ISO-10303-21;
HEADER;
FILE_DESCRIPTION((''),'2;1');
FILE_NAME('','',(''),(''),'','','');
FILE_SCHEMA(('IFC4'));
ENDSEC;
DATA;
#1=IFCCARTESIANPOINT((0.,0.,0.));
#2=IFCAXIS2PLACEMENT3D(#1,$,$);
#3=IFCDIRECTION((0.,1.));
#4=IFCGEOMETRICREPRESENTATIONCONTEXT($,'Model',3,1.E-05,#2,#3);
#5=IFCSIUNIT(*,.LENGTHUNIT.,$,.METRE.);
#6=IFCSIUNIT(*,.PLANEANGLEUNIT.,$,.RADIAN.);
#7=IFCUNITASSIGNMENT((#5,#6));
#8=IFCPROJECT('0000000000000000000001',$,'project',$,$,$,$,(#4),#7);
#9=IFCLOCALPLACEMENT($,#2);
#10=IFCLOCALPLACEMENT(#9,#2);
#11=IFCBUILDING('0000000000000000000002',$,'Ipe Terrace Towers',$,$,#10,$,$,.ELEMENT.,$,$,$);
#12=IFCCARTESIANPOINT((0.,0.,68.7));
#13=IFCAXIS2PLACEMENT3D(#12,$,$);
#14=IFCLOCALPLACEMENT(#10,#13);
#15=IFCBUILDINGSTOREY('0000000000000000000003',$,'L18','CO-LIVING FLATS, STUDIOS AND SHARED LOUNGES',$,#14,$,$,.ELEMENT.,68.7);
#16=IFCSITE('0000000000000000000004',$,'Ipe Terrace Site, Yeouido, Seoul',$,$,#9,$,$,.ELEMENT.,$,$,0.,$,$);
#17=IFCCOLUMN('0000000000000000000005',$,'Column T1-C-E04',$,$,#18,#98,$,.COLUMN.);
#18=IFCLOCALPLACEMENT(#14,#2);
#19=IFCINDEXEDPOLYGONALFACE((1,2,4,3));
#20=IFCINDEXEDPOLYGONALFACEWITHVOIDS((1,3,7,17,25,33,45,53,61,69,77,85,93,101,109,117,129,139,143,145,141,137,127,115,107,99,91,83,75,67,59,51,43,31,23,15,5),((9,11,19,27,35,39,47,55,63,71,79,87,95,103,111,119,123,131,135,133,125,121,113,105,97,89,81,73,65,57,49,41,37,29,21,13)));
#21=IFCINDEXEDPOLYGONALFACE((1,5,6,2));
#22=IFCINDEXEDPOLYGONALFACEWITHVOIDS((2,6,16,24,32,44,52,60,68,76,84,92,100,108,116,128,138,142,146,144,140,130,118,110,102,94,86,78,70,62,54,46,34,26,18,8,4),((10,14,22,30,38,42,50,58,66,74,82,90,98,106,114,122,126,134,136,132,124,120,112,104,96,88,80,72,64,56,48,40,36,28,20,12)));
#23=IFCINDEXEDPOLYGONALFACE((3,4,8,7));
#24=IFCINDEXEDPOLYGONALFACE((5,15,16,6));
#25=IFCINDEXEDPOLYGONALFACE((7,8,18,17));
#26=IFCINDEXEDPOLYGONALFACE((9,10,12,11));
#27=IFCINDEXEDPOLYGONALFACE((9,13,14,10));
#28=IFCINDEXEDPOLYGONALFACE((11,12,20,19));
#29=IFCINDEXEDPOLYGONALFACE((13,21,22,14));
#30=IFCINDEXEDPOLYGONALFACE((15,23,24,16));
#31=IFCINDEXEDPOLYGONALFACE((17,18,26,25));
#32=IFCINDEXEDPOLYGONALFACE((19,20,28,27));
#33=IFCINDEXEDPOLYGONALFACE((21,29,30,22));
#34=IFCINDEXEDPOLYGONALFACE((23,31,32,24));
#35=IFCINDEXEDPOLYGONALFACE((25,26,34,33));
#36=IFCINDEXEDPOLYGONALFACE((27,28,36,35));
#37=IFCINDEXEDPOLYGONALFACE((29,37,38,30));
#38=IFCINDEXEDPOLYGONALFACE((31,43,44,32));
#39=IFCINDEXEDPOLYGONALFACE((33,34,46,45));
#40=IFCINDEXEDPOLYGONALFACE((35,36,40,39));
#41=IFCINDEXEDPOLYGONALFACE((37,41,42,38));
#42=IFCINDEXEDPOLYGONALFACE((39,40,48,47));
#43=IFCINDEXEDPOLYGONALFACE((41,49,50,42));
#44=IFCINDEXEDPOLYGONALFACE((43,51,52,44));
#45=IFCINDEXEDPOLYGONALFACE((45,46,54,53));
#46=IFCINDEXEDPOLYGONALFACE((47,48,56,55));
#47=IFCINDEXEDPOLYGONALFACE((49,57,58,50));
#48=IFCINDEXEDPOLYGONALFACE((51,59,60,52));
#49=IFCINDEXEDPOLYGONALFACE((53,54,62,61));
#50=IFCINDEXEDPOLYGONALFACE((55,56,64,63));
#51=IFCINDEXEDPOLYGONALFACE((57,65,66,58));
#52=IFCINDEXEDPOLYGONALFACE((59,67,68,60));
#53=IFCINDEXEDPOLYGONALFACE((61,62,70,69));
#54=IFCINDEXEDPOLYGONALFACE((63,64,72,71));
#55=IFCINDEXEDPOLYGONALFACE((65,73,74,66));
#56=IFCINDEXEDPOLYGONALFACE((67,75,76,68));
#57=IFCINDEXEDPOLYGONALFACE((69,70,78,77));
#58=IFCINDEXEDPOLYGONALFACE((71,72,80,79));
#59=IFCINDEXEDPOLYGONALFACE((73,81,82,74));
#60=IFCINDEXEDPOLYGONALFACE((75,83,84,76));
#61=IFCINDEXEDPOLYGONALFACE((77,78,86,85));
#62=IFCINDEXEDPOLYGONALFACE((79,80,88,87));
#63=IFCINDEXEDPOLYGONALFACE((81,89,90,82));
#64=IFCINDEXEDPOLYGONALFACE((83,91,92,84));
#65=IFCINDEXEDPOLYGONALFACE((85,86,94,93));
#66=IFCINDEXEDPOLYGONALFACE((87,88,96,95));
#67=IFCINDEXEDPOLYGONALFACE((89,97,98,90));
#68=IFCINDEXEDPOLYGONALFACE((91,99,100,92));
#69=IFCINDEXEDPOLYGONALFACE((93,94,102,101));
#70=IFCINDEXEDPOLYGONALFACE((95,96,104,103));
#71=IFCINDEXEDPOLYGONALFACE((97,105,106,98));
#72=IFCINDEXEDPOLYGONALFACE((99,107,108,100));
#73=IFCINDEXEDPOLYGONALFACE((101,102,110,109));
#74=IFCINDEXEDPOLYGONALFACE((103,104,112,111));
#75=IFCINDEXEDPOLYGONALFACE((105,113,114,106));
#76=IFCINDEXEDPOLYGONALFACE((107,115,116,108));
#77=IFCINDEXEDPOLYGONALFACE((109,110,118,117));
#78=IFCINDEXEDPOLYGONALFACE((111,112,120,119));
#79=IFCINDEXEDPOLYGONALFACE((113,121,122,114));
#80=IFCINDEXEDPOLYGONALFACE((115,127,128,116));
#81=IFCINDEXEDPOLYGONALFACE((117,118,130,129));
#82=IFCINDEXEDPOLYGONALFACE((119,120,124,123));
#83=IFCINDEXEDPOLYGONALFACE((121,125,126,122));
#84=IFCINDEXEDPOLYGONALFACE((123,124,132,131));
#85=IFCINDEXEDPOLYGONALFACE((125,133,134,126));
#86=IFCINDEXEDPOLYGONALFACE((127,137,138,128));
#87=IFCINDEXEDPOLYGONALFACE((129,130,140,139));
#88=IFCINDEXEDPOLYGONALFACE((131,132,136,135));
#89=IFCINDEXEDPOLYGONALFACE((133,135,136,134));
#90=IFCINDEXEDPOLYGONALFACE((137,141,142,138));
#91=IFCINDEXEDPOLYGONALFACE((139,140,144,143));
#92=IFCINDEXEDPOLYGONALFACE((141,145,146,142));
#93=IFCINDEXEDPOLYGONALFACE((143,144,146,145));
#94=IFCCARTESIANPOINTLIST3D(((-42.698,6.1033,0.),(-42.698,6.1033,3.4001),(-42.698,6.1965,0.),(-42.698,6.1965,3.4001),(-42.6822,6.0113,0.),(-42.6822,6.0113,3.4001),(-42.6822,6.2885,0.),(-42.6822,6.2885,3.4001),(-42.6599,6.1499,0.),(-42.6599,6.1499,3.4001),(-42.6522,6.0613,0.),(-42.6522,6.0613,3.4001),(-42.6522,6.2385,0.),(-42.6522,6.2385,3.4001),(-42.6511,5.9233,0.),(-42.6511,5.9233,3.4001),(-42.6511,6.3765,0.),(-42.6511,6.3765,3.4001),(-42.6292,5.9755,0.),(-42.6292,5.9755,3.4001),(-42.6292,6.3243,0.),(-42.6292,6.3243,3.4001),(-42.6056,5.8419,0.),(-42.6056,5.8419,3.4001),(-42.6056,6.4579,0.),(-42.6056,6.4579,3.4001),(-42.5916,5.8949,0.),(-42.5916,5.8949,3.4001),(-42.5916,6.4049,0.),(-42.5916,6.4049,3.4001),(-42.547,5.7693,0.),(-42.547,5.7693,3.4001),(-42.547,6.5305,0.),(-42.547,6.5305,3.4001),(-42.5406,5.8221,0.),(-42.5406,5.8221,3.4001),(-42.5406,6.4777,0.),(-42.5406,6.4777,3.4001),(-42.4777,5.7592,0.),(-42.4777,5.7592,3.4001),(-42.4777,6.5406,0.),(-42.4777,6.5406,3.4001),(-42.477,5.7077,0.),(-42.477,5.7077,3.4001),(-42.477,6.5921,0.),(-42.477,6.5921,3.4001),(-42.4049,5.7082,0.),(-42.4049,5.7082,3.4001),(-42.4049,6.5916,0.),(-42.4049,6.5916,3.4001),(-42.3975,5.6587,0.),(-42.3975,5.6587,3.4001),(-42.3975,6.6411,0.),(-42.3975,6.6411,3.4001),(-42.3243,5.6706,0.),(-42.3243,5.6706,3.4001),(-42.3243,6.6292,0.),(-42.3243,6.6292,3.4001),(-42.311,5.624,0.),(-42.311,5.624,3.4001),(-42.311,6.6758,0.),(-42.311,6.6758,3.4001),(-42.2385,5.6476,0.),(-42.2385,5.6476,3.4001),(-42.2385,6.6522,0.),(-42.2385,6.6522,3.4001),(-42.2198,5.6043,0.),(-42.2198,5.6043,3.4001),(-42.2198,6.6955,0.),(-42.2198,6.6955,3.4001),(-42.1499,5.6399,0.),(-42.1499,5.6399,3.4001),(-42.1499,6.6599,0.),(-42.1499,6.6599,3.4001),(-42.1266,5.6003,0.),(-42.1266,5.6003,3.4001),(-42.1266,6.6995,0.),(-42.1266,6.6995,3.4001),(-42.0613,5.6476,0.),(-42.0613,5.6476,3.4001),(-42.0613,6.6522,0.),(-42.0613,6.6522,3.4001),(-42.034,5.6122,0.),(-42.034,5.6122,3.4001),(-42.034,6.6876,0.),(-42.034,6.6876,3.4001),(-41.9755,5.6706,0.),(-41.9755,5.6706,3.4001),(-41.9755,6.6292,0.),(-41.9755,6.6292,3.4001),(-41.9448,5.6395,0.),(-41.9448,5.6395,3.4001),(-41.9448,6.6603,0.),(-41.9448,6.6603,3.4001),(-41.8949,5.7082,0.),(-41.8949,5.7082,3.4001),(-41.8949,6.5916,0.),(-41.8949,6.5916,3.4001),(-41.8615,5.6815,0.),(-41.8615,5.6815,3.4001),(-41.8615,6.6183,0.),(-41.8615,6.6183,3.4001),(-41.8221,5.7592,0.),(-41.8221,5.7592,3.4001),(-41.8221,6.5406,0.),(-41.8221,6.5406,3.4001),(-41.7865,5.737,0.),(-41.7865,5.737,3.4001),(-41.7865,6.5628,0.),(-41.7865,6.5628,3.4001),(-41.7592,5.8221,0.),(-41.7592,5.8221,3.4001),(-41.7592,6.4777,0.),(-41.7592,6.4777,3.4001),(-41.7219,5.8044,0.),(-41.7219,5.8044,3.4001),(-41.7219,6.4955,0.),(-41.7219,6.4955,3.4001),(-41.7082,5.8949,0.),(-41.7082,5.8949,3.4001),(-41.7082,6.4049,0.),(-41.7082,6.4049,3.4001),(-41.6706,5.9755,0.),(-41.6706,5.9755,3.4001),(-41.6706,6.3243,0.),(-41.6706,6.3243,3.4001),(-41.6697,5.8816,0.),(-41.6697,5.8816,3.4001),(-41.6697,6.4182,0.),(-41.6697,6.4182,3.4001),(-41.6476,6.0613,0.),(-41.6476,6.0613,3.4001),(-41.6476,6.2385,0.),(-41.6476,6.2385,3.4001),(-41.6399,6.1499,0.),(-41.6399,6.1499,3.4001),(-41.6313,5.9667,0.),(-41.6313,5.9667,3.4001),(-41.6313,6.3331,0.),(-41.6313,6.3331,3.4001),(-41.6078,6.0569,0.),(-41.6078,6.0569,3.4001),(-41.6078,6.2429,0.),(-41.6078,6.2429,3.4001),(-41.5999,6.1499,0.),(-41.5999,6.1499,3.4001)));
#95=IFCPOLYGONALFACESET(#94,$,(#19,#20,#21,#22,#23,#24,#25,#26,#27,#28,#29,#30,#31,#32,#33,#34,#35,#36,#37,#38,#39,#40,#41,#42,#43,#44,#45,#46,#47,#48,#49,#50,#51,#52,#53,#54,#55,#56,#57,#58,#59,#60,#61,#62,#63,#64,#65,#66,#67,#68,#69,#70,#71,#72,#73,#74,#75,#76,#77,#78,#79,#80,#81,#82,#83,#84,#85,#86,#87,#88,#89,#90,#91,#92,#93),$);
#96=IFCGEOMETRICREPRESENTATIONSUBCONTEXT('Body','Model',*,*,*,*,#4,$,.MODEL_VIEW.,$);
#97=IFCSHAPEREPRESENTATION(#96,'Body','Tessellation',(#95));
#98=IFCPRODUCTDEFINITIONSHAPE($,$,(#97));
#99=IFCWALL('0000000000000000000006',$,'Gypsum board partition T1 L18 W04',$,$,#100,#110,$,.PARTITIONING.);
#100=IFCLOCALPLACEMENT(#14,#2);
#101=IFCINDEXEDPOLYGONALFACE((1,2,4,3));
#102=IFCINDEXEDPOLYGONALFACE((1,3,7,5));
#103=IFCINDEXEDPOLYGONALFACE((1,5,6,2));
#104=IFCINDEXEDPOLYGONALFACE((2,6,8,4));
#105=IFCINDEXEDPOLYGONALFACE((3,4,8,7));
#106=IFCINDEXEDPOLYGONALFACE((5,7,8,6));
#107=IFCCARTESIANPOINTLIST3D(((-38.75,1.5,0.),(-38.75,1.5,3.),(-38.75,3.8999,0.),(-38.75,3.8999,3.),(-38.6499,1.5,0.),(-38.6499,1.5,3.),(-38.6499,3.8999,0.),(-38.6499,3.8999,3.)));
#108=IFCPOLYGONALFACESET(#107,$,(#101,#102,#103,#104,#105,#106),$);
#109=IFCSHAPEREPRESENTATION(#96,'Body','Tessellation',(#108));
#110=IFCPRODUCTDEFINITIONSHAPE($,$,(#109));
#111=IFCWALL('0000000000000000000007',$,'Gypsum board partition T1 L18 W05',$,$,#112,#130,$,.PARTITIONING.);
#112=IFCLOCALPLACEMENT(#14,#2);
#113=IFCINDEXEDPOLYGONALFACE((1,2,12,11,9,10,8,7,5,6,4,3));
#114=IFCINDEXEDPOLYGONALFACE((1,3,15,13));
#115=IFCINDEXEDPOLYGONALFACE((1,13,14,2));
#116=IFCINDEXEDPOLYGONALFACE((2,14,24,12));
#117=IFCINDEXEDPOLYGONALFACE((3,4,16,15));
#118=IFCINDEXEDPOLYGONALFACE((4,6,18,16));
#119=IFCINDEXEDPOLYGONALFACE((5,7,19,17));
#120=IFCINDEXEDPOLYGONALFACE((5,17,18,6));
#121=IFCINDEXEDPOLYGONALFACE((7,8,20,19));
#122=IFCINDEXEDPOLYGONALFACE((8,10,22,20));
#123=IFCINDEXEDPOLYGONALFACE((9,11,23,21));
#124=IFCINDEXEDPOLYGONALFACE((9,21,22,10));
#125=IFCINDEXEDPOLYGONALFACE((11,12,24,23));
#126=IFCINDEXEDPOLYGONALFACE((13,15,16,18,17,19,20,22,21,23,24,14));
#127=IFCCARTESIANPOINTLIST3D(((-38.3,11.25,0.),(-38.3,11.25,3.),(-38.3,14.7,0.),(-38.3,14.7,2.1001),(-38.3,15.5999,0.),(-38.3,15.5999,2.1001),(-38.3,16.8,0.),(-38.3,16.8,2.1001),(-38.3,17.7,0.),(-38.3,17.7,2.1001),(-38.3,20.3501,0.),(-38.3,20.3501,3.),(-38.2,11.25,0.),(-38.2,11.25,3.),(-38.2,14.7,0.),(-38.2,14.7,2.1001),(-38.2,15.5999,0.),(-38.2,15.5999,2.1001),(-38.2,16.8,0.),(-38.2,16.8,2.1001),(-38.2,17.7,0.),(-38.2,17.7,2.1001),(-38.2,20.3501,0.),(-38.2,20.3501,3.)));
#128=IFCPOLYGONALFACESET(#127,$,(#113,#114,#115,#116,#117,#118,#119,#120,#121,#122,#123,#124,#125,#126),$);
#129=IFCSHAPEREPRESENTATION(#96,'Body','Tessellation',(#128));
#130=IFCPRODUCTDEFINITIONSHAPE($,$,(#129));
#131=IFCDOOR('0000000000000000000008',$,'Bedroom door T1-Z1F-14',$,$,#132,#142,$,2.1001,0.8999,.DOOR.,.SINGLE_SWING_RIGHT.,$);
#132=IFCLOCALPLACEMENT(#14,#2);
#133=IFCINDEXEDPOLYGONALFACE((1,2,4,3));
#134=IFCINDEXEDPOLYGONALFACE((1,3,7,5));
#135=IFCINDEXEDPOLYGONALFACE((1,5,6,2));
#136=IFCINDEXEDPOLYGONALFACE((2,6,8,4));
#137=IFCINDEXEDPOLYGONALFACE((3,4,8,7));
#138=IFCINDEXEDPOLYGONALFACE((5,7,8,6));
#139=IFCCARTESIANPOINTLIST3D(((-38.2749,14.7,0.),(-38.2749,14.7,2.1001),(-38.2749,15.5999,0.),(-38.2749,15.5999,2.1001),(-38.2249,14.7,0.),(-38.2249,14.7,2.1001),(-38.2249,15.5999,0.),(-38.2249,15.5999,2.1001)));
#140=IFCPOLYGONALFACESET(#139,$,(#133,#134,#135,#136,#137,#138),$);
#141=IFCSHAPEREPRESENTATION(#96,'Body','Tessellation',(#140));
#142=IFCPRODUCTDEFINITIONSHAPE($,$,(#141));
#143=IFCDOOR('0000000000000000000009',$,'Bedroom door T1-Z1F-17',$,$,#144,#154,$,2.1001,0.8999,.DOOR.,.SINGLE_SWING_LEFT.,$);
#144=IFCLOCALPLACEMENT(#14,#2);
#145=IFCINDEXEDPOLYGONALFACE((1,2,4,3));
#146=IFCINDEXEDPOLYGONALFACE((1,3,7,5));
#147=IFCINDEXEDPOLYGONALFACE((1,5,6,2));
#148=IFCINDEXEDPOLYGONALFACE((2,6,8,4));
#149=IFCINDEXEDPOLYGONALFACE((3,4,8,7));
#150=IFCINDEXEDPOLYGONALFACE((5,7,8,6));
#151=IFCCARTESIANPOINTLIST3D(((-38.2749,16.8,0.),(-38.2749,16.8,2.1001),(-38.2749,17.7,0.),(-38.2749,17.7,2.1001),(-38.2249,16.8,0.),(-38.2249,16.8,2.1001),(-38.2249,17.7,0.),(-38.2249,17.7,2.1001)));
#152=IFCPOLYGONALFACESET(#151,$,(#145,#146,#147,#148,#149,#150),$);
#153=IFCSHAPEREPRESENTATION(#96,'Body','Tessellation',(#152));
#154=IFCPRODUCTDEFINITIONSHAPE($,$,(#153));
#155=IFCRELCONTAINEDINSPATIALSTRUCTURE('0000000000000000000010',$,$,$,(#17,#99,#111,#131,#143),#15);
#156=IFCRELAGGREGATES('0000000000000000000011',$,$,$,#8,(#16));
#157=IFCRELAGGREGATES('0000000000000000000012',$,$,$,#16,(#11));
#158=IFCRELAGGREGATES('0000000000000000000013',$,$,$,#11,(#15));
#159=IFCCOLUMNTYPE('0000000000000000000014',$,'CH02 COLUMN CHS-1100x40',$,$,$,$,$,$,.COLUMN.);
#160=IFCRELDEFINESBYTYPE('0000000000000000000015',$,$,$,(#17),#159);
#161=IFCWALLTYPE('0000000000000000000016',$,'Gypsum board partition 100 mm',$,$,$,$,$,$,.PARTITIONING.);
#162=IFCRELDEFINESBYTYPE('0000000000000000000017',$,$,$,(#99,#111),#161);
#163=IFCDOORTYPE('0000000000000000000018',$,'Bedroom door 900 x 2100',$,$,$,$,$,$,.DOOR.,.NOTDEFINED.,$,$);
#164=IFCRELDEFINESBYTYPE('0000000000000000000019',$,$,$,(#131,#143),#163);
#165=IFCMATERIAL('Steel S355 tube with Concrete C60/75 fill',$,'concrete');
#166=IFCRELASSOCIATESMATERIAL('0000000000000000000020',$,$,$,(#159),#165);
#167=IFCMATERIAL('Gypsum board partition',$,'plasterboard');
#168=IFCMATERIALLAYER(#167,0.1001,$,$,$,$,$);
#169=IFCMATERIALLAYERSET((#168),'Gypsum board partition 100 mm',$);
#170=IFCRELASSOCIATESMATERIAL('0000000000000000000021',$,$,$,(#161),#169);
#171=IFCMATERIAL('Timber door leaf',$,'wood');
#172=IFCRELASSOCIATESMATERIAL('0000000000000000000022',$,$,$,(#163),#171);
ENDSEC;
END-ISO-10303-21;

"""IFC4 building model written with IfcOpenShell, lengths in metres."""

from ifc_helpers import new_model, si_unit, direction, frame, frame_2d, origin, origin_2d, place, context, subcontext, project, spatial, rectangle, hollow_circle, extrude, material, layer, layer_set, material_profile, profile_set, type_object, element, fill, save


model = new_model("IFC4")

# Units and contexts
model_context = context("Model", 3, precision=1e-05, world=origin(), true_north=direction((0.0, 1.0)))
body_context = subcontext(model_context, "Body", "Model", "MODEL_VIEW")
ifc_project = project(units=[si_unit("LENGTHUNIT", "METRE"), si_unit("PLANEANGLEUNIT", "RADIAN")], contexts=[model_context])

# Site, building, storey
site_placement = place(None, origin())
site = spatial("IfcSite", under=ifc_project, at=site_placement, Name="Ipe Terrace Site, Yeouido, Seoul", CompositionType="ELEMENT", RefElevation=0.0)
building_placement = place(site_placement, origin())
building = spatial("IfcBuilding", under=site, at=building_placement, Name="Ipe Terrace Towers", CompositionType="ELEMENT")
storey_placement = place(building_placement, frame((0.0, 0.0, 68.7)))
storey = spatial("IfcBuildingStorey", under=building, at=storey_placement, Name="L18", Description="CO-LIVING FLATS, STUDIOS AND SHARED LOUNGES", CompositionType="ELEMENT", Elevation=68.7)

# Column
ifc_material_1 = material(Name="Steel S355 tube with Concrete C60/75 fill", Category="concrete")
ifc_material_profile = material_profile(ifc_material_1, hollow_circle(Radius=0.55, WallThickness=0.04, at=origin_2d()), Name="CHS-1100x40")
ifc_profile_set = profile_set([ifc_material_profile], Name="Steel S355 tube with Concrete C60/75 fill")
column_type = type_object("IfcColumnType", Name="CH02 COLUMN CHS-1100x40", PredefinedType="COLUMN", material=ifc_profile_set)
column_placement = place(storey_placement, frame((-42.1499, 6.1499, 0.0), z_axis=(0.0, 0.0, 1.0), x_axis=(1.0, 0.0, 0.0)))
element("IfcColumn", 1, at=column_placement, inside=storey, type_object=column_type, Name="Column T1-C-E04", PredefinedType="COLUMN", context=body_context, shape_type="SweptSolid", body=[
    extrude(hollow_circle(Radius=0.55, WallThickness=0.04, at=origin_2d()), origin(), (0.0, 0.0, 1.0), 3.4001),
])

# Wall
ifc_material_2 = material(Name="Gypsum board partition", Category="plasterboard")
ifc_layer_1 = layer(ifc_material_2, 0.1001)
ifc_layer_set_1 = layer_set([ifc_layer_1], Name="Gypsum board partition 100 mm")
wall_type_1 = type_object("IfcWallType", Name="Gypsum board partition 100 mm", PredefinedType="PARTITIONING", material=ifc_layer_set_1)
wall_1_placement = place(storey_placement, frame((-38.7, 1.5, 0.0), z_axis=(0.0, 0.0, 1.0), x_axis=(0.0, 1.0, 0.0)))
element("IfcWall", 2, at=wall_1_placement, inside=storey, type_object=wall_type_1, Name="Gypsum board partition T1 L18 W04", PredefinedType="PARTITIONING", context=body_context, shape_type="SweptSolid", body=[
    extrude(rectangle(XDim=2.3999, YDim=0.1001, at=frame_2d((1.2, 0.0))), origin(), (0.0, 0.0, 1.0), 3.0),
])

# Wall, openings, doors
wall_2_placement = place(storey_placement, frame((-38.25, 11.25, 0.0), z_axis=(0.0, 0.0, 1.0), x_axis=(0.0, 1.0, 0.0)))
wall_2 = element("IfcWall", 3, at=wall_2_placement, inside=storey, type_object=wall_type_1, Name="Gypsum board partition T1 L18 W05", PredefinedType="PARTITIONING", context=body_context, shape_type="SweptSolid", body=[
    extrude(rectangle(XDim=9.1001, YDim=0.1001, at=frame_2d((4.55, 0.0))), origin(), (0.0, 0.0, 1.0), 3.0),
])
opening_1_placement = place(wall_2_placement, frame((3.45, 0.0, 0.0)))
opening_1 = element("IfcOpeningElement", 4, at=opening_1_placement, cuts=wall_2, PredefinedType="OPENING", context=body_context, shape_type="SweptSolid", body=[
    extrude(rectangle(XDim=0.8999, YDim=2.1001, at=frame_2d((0.45, 1.05))), frame((0.0, 0.0601, 0.0), z_axis=(0.0, -1.0, 0.0), x_axis=(1.0, 0.0, 0.0)), (0.0, 0.0, 1.0), 0.1201),
])
opening_2_placement = place(wall_2_placement, frame((5.55, 0.0, 0.0)))
opening_2 = element("IfcOpeningElement", 5, at=opening_2_placement, cuts=wall_2, PredefinedType="OPENING", context=body_context, shape_type="SweptSolid", body=[
    extrude(rectangle(XDim=0.8999, YDim=2.1001, at=frame_2d((0.45, 1.05))), frame((0.0, 0.0601, 0.0), z_axis=(0.0, -1.0, 0.0), x_axis=(1.0, 0.0, 0.0)), (0.0, 0.0, 1.0), 0.1201),
])
ifc_material_3 = material(Name="Timber door leaf", Category="wood")
door_type_1 = type_object("IfcDoorType", Name="Bedroom door 900 x 2100", OperationType="NOTDEFINED", PredefinedType="DOOR", material=ifc_material_3)
door_1_placement = place(opening_1_placement, origin())
door_1 = element("IfcDoor", 6, at=door_1_placement, inside=storey, type_object=door_type_1, Name="Bedroom door T1-Z1F-14", OperationType="SINGLE_SWING_RIGHT", OverallHeight=2.1001, OverallWidth=0.8999, PredefinedType="DOOR", context=body_context, shape_type="SweptSolid", body=[
    extrude(rectangle(XDim=0.8999, YDim=2.1001, at=frame_2d((0.45, 1.05))), frame((0.0, 0.0249, 0.0), z_axis=(0.0, -1.0, 0.0), x_axis=(1.0, 0.0, 0.0)), (0.0, 0.0, 1.0), 0.05),
])
fill(opening_1, door_1)
door_2_placement = place(opening_2_placement, origin())
door_2 = element("IfcDoor", 7, at=door_2_placement, inside=storey, type_object=door_type_1, Name="Bedroom door T1-Z1F-17", OperationType="SINGLE_SWING_LEFT", OverallHeight=2.1001, OverallWidth=0.8999, PredefinedType="DOOR", context=body_context, shape_type="SweptSolid", body=[
    extrude(rectangle(XDim=0.8999, YDim=2.1001, at=frame_2d((0.45, 1.05))), frame((0.0, 0.0249, 0.0), z_axis=(0.0, -1.0, 0.0), x_axis=(1.0, 0.0, 0.0)), (0.0, 0.0, 1.0), 0.05),
])
fill(opening_2, door_2)

save(model, "model.ifc")
